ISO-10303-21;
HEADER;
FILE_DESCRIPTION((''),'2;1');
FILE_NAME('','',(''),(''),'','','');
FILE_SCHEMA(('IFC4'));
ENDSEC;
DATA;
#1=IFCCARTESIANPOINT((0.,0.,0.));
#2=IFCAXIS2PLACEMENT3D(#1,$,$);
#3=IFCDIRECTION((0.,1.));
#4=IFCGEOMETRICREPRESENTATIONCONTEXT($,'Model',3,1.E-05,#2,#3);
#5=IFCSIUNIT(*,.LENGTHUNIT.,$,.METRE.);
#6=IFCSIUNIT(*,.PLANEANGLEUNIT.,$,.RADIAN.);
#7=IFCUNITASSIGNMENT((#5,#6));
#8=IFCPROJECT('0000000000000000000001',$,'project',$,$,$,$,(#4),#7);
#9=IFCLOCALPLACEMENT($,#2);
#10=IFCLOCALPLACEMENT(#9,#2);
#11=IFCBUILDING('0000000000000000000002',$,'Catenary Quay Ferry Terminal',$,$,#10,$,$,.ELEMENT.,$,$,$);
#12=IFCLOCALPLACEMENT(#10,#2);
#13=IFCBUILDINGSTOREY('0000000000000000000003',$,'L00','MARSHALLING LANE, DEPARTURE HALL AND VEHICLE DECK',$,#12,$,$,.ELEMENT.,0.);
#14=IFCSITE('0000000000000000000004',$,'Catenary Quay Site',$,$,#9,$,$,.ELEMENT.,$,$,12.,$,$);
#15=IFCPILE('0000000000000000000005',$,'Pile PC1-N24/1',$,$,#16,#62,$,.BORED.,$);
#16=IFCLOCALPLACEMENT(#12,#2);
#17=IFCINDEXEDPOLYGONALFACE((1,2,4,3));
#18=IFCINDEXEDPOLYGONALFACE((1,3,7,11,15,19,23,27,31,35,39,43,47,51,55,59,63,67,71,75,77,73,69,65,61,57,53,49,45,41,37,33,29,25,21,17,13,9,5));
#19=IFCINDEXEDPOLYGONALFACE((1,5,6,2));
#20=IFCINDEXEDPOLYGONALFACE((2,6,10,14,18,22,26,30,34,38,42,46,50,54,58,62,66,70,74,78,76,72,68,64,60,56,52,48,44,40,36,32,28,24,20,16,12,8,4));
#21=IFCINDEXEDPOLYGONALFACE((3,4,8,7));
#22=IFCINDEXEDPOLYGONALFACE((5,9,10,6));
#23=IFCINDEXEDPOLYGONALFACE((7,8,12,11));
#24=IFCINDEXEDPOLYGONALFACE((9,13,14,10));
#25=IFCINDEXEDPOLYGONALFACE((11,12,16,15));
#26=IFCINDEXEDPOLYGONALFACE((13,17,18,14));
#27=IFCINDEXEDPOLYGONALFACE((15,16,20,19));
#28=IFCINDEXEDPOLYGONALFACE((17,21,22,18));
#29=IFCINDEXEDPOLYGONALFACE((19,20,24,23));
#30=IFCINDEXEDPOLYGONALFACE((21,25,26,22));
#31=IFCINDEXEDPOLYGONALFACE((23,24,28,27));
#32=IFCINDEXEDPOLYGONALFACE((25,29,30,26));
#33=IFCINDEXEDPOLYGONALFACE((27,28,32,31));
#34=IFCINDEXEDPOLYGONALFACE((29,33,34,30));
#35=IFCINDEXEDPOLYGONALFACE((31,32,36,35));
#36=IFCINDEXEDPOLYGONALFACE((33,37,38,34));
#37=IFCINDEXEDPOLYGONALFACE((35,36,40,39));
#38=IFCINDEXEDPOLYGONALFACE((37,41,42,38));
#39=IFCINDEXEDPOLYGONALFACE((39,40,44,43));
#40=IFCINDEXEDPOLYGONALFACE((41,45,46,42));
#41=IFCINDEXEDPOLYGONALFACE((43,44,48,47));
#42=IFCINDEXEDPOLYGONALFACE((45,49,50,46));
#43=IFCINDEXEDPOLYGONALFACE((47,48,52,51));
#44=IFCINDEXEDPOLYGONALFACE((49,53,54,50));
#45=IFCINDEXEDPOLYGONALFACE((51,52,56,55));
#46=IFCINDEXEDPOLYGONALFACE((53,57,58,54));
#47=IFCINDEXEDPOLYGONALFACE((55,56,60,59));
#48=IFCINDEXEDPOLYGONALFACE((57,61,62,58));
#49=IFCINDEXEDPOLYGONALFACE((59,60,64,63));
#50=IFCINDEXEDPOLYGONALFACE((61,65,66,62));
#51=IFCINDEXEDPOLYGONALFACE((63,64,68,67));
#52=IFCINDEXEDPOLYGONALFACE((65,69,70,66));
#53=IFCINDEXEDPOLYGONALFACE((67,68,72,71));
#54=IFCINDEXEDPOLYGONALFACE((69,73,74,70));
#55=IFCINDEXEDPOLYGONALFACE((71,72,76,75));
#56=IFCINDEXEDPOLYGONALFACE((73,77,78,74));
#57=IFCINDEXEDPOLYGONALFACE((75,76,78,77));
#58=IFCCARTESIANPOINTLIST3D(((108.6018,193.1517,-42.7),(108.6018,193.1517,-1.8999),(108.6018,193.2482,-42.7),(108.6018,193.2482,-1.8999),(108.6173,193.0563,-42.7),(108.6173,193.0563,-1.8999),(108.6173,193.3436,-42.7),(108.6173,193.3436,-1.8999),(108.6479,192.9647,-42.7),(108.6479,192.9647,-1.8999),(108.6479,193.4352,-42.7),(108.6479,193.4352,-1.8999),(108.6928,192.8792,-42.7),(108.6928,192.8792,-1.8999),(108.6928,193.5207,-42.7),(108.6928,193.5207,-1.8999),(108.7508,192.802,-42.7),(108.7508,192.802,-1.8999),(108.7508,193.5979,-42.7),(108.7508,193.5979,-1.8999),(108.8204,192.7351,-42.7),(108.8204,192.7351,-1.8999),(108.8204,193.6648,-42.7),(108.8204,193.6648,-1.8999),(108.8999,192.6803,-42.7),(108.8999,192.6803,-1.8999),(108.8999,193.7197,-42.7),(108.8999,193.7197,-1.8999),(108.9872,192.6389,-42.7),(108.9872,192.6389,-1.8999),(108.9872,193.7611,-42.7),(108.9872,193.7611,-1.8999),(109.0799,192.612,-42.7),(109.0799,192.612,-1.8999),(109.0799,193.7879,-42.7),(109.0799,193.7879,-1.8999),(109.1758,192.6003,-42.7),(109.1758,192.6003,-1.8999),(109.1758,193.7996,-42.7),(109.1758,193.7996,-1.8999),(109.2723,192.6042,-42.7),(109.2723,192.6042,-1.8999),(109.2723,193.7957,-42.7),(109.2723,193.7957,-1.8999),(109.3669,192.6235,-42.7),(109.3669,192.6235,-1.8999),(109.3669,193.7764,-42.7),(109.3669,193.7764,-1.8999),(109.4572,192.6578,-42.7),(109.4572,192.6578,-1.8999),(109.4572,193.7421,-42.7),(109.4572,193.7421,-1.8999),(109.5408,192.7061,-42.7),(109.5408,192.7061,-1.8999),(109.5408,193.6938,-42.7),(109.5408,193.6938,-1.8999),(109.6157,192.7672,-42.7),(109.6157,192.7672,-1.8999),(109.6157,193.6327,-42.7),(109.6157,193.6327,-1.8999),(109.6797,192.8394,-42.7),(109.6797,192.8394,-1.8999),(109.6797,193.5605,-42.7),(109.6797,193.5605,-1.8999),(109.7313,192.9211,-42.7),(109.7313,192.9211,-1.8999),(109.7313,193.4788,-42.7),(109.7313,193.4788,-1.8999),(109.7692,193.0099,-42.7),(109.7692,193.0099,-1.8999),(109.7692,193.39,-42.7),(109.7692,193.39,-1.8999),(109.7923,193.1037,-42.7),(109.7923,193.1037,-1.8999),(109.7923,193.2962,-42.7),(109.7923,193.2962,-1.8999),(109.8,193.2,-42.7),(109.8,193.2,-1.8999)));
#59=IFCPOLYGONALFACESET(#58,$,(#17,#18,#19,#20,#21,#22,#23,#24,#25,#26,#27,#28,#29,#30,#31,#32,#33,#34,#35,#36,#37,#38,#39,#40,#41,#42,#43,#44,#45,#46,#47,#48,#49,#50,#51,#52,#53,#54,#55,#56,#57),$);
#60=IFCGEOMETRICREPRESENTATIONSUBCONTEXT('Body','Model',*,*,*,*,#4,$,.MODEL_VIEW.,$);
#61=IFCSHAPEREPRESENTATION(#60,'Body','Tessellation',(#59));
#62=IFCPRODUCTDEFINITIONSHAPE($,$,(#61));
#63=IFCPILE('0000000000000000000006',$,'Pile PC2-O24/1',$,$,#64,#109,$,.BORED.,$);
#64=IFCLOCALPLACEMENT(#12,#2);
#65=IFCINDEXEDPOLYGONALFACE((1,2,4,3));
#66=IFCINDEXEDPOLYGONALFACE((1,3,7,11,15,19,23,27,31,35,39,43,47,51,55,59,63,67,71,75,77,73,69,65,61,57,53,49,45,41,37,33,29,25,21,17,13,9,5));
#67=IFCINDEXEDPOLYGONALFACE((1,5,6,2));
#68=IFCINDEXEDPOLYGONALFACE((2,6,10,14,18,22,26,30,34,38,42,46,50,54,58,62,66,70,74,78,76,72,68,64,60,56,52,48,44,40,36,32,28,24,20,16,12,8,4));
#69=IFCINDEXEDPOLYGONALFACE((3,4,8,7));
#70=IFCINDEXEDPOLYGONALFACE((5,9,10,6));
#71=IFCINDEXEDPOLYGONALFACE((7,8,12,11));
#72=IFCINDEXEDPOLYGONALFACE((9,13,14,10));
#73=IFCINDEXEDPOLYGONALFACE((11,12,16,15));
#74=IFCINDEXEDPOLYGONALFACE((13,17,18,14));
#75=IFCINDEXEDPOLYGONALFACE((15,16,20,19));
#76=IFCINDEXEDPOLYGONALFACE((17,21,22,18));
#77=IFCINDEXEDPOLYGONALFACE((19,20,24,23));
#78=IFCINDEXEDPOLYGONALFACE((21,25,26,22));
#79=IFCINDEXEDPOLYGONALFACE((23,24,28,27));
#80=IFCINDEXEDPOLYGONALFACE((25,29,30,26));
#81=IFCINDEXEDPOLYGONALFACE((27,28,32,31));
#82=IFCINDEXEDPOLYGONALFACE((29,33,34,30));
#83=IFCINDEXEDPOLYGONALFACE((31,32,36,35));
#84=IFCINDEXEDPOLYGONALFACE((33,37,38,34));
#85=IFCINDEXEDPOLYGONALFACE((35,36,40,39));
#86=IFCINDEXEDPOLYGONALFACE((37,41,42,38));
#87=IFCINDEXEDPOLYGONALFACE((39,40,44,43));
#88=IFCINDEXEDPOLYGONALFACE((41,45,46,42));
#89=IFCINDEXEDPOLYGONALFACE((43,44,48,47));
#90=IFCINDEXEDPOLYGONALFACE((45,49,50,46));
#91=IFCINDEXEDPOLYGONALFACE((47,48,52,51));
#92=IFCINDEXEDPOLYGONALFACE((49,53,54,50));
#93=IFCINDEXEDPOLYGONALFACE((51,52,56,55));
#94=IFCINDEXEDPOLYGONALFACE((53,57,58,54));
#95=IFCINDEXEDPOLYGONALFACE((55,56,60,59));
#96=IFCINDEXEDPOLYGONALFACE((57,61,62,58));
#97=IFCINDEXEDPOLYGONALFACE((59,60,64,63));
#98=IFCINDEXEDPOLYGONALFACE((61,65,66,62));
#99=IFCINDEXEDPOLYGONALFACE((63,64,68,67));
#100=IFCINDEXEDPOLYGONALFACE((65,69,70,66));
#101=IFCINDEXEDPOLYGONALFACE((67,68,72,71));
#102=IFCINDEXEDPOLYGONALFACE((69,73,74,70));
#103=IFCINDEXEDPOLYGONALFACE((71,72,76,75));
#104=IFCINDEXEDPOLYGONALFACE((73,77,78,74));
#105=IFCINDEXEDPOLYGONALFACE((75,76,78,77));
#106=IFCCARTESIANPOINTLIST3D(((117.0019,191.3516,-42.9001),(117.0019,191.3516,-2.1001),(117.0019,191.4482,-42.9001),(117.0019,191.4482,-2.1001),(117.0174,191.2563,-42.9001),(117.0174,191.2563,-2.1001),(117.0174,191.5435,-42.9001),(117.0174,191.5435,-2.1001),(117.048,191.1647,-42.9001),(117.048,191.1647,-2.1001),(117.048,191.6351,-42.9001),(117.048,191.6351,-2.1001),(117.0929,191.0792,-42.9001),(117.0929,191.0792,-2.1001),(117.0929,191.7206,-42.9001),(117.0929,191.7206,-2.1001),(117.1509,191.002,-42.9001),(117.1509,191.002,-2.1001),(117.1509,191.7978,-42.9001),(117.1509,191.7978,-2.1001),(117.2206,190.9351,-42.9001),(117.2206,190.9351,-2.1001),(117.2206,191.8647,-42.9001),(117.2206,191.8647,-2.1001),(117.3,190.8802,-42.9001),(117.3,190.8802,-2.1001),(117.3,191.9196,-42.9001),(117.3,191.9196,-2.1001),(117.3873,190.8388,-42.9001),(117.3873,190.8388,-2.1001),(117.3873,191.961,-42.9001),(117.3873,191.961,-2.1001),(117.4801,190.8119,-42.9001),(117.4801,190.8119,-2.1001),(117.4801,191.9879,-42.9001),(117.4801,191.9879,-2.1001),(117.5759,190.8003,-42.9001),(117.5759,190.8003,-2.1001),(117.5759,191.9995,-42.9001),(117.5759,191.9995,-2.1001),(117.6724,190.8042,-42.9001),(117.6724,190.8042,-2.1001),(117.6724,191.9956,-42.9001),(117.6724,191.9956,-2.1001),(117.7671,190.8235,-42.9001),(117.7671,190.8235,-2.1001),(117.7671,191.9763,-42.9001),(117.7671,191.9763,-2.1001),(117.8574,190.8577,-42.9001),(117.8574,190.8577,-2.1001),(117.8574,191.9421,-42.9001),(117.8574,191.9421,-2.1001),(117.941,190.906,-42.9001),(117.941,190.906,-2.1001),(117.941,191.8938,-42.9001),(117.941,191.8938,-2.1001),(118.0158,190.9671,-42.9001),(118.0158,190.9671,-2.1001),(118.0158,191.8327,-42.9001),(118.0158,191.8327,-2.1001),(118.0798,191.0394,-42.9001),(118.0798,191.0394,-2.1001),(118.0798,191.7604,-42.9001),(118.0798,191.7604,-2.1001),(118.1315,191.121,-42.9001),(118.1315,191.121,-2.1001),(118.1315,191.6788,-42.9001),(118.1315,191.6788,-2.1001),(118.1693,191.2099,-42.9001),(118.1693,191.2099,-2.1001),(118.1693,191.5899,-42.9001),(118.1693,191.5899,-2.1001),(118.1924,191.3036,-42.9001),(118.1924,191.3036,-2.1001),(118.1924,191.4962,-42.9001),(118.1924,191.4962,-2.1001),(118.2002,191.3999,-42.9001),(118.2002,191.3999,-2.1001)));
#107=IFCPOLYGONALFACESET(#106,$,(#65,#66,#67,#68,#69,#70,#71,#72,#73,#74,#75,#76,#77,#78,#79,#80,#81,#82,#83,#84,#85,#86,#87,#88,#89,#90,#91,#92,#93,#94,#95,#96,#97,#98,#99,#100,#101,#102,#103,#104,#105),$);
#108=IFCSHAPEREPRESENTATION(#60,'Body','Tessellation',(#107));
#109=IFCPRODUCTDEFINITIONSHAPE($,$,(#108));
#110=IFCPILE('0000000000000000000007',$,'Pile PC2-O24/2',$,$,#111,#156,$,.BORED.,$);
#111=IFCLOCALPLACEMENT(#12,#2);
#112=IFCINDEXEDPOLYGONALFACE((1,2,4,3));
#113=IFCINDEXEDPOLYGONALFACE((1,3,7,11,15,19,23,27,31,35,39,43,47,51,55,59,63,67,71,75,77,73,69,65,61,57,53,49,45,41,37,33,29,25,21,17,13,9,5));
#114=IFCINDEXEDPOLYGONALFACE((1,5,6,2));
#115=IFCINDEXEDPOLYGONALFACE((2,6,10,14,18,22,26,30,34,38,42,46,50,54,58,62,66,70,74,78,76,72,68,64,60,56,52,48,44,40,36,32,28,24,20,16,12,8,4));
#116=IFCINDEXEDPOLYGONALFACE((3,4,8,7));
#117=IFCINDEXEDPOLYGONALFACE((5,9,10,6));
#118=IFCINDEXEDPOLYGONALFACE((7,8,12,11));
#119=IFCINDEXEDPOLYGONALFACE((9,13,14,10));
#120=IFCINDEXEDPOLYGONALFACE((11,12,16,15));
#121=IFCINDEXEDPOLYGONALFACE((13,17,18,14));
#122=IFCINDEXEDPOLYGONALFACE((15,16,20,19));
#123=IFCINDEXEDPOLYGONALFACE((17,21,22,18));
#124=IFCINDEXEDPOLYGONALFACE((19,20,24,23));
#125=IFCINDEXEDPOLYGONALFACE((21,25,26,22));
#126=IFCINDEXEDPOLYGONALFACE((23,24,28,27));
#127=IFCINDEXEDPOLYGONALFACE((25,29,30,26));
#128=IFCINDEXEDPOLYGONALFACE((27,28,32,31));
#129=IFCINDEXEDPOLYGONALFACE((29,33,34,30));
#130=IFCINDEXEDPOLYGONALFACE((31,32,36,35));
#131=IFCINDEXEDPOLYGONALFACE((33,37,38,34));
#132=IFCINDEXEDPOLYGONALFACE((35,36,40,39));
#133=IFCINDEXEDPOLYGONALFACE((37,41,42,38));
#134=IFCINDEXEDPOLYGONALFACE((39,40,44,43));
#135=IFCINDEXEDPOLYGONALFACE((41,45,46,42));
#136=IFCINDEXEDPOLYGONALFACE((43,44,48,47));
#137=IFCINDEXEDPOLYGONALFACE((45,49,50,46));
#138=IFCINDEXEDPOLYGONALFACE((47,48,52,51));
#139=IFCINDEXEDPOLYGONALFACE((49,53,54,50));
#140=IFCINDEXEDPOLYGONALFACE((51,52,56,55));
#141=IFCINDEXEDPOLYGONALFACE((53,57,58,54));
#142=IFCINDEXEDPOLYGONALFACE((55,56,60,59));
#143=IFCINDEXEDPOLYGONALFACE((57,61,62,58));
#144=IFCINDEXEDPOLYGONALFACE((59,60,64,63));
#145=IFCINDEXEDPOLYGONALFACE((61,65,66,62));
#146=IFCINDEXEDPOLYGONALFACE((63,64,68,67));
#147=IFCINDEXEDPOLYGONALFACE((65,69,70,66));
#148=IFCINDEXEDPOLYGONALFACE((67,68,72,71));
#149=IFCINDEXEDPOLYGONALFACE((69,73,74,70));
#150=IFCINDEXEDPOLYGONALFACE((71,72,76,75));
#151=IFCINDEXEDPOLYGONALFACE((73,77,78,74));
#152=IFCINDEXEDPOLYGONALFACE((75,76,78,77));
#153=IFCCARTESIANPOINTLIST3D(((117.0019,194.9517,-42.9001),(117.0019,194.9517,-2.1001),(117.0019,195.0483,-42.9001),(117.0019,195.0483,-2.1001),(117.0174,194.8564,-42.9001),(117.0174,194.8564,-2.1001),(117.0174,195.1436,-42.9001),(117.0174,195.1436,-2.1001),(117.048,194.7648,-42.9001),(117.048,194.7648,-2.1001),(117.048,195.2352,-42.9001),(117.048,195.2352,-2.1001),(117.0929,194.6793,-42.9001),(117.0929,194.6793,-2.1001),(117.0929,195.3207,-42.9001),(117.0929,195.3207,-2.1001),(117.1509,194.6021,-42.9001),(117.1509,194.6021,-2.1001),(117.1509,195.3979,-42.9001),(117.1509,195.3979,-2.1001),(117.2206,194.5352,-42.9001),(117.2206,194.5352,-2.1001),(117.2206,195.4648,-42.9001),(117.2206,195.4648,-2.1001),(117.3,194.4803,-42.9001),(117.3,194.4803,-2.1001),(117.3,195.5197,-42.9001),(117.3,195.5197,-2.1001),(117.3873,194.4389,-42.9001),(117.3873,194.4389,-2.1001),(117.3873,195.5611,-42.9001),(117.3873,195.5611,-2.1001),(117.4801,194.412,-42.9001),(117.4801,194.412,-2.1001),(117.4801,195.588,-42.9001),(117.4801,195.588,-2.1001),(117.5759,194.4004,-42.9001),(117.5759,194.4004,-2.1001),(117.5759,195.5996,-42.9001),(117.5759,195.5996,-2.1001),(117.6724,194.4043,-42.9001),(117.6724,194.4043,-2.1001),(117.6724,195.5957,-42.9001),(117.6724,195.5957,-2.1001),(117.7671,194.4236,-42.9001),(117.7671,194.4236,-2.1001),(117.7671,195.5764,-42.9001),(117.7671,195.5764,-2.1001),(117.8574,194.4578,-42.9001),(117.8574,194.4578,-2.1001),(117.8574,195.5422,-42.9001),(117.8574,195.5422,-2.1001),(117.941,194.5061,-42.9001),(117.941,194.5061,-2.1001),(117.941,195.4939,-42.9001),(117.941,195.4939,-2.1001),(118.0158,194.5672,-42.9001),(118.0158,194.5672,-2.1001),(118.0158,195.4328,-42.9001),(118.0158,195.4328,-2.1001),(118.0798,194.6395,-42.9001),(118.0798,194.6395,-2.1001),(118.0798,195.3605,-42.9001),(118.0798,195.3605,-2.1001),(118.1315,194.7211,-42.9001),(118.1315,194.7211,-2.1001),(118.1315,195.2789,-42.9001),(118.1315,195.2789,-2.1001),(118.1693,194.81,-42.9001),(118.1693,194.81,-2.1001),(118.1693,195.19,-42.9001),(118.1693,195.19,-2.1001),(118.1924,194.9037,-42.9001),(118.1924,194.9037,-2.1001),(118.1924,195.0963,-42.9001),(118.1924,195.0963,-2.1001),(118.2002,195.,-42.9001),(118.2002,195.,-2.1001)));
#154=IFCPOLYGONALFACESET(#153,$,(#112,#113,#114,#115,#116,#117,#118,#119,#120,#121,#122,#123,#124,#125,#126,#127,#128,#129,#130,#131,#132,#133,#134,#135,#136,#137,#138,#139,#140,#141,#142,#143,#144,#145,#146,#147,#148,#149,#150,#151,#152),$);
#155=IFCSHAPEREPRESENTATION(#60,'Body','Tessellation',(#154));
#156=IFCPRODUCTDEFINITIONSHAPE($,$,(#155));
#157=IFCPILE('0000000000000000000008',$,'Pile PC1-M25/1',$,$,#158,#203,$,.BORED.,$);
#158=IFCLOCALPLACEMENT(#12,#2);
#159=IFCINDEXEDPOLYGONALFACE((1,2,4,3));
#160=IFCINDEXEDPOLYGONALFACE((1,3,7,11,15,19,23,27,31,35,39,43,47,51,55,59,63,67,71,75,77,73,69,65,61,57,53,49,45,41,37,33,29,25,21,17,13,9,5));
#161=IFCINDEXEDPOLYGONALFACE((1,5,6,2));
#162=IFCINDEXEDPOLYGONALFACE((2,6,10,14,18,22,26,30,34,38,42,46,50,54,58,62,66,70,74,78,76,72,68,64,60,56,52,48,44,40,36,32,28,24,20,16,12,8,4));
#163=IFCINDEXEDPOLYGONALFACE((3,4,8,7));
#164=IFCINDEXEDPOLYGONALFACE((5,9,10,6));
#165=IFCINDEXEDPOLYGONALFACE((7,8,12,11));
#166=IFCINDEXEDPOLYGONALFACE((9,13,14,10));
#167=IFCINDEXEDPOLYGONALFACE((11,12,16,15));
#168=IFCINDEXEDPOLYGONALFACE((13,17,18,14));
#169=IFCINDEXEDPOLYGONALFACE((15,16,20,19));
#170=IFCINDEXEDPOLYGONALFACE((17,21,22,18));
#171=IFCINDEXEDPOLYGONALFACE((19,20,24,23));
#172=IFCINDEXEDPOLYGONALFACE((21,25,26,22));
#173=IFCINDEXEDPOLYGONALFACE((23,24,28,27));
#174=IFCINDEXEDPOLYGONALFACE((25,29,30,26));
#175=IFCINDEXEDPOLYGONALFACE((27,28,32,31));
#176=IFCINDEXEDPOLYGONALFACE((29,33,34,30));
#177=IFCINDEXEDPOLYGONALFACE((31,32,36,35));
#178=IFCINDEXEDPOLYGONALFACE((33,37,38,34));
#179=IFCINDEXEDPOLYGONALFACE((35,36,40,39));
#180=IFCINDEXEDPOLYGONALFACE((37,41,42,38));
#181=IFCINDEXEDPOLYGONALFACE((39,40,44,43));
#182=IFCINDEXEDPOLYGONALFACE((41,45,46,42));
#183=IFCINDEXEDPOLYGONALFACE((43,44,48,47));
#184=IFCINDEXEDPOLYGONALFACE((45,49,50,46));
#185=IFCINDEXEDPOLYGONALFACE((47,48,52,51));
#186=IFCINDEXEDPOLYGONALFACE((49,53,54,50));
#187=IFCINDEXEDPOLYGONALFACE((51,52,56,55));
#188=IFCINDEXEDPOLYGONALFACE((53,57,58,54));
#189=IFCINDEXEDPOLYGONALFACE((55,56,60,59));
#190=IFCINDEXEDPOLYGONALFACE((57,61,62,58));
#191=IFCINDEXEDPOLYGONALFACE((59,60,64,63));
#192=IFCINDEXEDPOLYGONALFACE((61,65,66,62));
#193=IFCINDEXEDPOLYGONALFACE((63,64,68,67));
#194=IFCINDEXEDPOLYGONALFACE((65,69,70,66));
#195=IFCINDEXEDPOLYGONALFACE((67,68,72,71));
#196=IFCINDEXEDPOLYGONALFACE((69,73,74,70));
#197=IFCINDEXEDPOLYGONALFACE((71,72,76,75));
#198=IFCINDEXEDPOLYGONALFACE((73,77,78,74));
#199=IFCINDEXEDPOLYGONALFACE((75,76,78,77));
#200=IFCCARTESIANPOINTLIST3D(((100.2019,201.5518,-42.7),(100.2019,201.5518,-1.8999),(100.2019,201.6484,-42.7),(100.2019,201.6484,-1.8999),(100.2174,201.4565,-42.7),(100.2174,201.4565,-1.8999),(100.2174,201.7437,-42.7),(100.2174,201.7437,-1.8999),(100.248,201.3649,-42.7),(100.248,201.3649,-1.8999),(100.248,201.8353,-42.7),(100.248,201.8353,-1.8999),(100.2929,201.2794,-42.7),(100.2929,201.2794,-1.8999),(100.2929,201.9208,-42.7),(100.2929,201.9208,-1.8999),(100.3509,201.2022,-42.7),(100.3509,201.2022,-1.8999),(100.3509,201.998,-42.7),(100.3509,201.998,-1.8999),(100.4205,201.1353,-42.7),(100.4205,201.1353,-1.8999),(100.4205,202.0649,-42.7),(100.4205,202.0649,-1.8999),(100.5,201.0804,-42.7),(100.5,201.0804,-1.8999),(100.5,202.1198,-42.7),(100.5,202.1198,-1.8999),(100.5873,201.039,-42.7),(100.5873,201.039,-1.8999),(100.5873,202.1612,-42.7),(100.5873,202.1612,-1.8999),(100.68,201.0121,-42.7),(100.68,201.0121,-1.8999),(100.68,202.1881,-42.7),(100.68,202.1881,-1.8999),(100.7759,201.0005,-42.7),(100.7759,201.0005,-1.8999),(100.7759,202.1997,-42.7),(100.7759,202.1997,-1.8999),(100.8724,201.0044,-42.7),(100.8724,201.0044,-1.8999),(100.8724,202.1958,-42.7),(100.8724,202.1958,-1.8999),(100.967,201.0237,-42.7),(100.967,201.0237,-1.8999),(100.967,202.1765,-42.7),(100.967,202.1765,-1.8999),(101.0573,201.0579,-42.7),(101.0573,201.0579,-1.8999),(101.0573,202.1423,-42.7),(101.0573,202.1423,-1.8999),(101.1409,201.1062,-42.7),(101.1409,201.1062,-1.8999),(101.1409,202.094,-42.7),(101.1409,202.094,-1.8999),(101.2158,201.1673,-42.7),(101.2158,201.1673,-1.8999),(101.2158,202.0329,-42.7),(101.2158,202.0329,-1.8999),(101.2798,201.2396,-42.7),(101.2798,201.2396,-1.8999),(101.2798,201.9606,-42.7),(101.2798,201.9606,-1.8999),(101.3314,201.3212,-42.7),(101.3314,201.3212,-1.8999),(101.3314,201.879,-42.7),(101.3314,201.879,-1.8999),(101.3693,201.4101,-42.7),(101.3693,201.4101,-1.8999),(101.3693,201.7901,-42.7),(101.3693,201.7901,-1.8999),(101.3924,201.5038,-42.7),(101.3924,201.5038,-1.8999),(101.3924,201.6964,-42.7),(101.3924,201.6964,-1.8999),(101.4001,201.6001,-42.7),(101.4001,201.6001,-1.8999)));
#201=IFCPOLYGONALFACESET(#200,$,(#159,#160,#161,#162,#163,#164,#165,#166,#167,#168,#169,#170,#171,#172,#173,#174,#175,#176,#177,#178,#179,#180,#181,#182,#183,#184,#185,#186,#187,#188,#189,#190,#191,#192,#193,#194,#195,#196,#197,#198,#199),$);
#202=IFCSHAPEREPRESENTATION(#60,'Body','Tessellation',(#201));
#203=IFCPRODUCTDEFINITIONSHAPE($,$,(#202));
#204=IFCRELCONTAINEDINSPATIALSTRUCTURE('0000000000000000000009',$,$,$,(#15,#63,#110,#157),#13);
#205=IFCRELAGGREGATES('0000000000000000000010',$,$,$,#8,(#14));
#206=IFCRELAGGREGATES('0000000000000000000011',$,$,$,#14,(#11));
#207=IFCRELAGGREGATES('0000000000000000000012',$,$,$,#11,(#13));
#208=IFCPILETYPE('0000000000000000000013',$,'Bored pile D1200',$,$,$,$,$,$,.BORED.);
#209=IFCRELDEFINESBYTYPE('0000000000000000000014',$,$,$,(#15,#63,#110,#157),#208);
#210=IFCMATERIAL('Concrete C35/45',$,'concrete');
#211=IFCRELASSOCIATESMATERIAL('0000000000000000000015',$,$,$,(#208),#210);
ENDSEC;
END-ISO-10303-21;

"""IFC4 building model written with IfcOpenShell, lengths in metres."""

from ifc_helpers import new_model, si_unit, direction, frame, origin, origin_2d, place, context, subcontext, project, spatial, circle, extrude, material, material_profile, profile_set, type_object, element, save


model = new_model("IFC4")

# Units and contexts
model_context = context("Model", 3, precision=1e-05, world=origin(), true_north=direction((0.0, 1.0)))
body_context = subcontext(model_context, "Body", "Model", "MODEL_VIEW")
ifc_project = project(units=[si_unit("LENGTHUNIT", "METRE"), si_unit("PLANEANGLEUNIT", "RADIAN")], contexts=[model_context])

# Site, building, storey
site_placement = place(None, origin())
site = spatial("IfcSite", under=ifc_project, at=site_placement, Name="Catenary Quay Site", CompositionType="ELEMENT", RefElevation=12.0)
building_placement = place(site_placement, origin())
building = spatial("IfcBuilding", under=site, at=building_placement, Name="Catenary Quay Ferry Terminal", CompositionType="ELEMENT")
storey_placement = place(building_placement, origin())
storey = spatial("IfcBuildingStorey", under=building, at=storey_placement, Name="L00", Description="MARSHALLING LANE, DEPARTURE HALL AND VEHICLE DECK", CompositionType="ELEMENT", Elevation=0.0)

# Piles
ifc_material_1 = material(Name="Concrete C35/45", Category="concrete")
ifc_material_profile = material_profile(ifc_material_1, circle(Radius=0.6001, at=origin_2d()), Name="D1200")
ifc_profile_set = profile_set([ifc_material_profile], Name="Concrete C35/45")
pile_type = type_object("IfcPileType", Name="Bored pile D1200", PredefinedType="BORED", material=ifc_profile_set)
for number, where, z_axis, x_axis, name in (
    (1, (109.2, 193.2, -1.8999), (0.0, 0.0, -1.0), (1.0, 0.0, 0.0), "Pile PC1-N24/1"),
    (2, (117.6001, 191.3999, -2.1001), (0.0, 0.0, -1.0), (1.0, 0.0, 0.0), "Pile PC2-O24/1"),
    (3, (117.6001, 195.0, -2.1001), (0.0, 0.0, -1.0), (1.0, 0.0, 0.0), "Pile PC2-O24/2"),
    (4, (100.8, 201.6001, -1.8999), (0.0, 0.0, -1.0), (1.0, 0.0, 0.0), "Pile PC1-M25/1"),
):
    element("IfcPile", number, at=place(storey_placement, frame(where, z_axis=z_axis, x_axis=x_axis)), inside=storey, type_object=pile_type, Name=name, PredefinedType="BORED", context=body_context, shape_type="SweptSolid", body=[
        extrude(circle(Radius=0.6001, at=origin_2d()), origin(), (0.0, 0.0, 1.0), 40.8),
    ])

save(model, "model.ifc")
